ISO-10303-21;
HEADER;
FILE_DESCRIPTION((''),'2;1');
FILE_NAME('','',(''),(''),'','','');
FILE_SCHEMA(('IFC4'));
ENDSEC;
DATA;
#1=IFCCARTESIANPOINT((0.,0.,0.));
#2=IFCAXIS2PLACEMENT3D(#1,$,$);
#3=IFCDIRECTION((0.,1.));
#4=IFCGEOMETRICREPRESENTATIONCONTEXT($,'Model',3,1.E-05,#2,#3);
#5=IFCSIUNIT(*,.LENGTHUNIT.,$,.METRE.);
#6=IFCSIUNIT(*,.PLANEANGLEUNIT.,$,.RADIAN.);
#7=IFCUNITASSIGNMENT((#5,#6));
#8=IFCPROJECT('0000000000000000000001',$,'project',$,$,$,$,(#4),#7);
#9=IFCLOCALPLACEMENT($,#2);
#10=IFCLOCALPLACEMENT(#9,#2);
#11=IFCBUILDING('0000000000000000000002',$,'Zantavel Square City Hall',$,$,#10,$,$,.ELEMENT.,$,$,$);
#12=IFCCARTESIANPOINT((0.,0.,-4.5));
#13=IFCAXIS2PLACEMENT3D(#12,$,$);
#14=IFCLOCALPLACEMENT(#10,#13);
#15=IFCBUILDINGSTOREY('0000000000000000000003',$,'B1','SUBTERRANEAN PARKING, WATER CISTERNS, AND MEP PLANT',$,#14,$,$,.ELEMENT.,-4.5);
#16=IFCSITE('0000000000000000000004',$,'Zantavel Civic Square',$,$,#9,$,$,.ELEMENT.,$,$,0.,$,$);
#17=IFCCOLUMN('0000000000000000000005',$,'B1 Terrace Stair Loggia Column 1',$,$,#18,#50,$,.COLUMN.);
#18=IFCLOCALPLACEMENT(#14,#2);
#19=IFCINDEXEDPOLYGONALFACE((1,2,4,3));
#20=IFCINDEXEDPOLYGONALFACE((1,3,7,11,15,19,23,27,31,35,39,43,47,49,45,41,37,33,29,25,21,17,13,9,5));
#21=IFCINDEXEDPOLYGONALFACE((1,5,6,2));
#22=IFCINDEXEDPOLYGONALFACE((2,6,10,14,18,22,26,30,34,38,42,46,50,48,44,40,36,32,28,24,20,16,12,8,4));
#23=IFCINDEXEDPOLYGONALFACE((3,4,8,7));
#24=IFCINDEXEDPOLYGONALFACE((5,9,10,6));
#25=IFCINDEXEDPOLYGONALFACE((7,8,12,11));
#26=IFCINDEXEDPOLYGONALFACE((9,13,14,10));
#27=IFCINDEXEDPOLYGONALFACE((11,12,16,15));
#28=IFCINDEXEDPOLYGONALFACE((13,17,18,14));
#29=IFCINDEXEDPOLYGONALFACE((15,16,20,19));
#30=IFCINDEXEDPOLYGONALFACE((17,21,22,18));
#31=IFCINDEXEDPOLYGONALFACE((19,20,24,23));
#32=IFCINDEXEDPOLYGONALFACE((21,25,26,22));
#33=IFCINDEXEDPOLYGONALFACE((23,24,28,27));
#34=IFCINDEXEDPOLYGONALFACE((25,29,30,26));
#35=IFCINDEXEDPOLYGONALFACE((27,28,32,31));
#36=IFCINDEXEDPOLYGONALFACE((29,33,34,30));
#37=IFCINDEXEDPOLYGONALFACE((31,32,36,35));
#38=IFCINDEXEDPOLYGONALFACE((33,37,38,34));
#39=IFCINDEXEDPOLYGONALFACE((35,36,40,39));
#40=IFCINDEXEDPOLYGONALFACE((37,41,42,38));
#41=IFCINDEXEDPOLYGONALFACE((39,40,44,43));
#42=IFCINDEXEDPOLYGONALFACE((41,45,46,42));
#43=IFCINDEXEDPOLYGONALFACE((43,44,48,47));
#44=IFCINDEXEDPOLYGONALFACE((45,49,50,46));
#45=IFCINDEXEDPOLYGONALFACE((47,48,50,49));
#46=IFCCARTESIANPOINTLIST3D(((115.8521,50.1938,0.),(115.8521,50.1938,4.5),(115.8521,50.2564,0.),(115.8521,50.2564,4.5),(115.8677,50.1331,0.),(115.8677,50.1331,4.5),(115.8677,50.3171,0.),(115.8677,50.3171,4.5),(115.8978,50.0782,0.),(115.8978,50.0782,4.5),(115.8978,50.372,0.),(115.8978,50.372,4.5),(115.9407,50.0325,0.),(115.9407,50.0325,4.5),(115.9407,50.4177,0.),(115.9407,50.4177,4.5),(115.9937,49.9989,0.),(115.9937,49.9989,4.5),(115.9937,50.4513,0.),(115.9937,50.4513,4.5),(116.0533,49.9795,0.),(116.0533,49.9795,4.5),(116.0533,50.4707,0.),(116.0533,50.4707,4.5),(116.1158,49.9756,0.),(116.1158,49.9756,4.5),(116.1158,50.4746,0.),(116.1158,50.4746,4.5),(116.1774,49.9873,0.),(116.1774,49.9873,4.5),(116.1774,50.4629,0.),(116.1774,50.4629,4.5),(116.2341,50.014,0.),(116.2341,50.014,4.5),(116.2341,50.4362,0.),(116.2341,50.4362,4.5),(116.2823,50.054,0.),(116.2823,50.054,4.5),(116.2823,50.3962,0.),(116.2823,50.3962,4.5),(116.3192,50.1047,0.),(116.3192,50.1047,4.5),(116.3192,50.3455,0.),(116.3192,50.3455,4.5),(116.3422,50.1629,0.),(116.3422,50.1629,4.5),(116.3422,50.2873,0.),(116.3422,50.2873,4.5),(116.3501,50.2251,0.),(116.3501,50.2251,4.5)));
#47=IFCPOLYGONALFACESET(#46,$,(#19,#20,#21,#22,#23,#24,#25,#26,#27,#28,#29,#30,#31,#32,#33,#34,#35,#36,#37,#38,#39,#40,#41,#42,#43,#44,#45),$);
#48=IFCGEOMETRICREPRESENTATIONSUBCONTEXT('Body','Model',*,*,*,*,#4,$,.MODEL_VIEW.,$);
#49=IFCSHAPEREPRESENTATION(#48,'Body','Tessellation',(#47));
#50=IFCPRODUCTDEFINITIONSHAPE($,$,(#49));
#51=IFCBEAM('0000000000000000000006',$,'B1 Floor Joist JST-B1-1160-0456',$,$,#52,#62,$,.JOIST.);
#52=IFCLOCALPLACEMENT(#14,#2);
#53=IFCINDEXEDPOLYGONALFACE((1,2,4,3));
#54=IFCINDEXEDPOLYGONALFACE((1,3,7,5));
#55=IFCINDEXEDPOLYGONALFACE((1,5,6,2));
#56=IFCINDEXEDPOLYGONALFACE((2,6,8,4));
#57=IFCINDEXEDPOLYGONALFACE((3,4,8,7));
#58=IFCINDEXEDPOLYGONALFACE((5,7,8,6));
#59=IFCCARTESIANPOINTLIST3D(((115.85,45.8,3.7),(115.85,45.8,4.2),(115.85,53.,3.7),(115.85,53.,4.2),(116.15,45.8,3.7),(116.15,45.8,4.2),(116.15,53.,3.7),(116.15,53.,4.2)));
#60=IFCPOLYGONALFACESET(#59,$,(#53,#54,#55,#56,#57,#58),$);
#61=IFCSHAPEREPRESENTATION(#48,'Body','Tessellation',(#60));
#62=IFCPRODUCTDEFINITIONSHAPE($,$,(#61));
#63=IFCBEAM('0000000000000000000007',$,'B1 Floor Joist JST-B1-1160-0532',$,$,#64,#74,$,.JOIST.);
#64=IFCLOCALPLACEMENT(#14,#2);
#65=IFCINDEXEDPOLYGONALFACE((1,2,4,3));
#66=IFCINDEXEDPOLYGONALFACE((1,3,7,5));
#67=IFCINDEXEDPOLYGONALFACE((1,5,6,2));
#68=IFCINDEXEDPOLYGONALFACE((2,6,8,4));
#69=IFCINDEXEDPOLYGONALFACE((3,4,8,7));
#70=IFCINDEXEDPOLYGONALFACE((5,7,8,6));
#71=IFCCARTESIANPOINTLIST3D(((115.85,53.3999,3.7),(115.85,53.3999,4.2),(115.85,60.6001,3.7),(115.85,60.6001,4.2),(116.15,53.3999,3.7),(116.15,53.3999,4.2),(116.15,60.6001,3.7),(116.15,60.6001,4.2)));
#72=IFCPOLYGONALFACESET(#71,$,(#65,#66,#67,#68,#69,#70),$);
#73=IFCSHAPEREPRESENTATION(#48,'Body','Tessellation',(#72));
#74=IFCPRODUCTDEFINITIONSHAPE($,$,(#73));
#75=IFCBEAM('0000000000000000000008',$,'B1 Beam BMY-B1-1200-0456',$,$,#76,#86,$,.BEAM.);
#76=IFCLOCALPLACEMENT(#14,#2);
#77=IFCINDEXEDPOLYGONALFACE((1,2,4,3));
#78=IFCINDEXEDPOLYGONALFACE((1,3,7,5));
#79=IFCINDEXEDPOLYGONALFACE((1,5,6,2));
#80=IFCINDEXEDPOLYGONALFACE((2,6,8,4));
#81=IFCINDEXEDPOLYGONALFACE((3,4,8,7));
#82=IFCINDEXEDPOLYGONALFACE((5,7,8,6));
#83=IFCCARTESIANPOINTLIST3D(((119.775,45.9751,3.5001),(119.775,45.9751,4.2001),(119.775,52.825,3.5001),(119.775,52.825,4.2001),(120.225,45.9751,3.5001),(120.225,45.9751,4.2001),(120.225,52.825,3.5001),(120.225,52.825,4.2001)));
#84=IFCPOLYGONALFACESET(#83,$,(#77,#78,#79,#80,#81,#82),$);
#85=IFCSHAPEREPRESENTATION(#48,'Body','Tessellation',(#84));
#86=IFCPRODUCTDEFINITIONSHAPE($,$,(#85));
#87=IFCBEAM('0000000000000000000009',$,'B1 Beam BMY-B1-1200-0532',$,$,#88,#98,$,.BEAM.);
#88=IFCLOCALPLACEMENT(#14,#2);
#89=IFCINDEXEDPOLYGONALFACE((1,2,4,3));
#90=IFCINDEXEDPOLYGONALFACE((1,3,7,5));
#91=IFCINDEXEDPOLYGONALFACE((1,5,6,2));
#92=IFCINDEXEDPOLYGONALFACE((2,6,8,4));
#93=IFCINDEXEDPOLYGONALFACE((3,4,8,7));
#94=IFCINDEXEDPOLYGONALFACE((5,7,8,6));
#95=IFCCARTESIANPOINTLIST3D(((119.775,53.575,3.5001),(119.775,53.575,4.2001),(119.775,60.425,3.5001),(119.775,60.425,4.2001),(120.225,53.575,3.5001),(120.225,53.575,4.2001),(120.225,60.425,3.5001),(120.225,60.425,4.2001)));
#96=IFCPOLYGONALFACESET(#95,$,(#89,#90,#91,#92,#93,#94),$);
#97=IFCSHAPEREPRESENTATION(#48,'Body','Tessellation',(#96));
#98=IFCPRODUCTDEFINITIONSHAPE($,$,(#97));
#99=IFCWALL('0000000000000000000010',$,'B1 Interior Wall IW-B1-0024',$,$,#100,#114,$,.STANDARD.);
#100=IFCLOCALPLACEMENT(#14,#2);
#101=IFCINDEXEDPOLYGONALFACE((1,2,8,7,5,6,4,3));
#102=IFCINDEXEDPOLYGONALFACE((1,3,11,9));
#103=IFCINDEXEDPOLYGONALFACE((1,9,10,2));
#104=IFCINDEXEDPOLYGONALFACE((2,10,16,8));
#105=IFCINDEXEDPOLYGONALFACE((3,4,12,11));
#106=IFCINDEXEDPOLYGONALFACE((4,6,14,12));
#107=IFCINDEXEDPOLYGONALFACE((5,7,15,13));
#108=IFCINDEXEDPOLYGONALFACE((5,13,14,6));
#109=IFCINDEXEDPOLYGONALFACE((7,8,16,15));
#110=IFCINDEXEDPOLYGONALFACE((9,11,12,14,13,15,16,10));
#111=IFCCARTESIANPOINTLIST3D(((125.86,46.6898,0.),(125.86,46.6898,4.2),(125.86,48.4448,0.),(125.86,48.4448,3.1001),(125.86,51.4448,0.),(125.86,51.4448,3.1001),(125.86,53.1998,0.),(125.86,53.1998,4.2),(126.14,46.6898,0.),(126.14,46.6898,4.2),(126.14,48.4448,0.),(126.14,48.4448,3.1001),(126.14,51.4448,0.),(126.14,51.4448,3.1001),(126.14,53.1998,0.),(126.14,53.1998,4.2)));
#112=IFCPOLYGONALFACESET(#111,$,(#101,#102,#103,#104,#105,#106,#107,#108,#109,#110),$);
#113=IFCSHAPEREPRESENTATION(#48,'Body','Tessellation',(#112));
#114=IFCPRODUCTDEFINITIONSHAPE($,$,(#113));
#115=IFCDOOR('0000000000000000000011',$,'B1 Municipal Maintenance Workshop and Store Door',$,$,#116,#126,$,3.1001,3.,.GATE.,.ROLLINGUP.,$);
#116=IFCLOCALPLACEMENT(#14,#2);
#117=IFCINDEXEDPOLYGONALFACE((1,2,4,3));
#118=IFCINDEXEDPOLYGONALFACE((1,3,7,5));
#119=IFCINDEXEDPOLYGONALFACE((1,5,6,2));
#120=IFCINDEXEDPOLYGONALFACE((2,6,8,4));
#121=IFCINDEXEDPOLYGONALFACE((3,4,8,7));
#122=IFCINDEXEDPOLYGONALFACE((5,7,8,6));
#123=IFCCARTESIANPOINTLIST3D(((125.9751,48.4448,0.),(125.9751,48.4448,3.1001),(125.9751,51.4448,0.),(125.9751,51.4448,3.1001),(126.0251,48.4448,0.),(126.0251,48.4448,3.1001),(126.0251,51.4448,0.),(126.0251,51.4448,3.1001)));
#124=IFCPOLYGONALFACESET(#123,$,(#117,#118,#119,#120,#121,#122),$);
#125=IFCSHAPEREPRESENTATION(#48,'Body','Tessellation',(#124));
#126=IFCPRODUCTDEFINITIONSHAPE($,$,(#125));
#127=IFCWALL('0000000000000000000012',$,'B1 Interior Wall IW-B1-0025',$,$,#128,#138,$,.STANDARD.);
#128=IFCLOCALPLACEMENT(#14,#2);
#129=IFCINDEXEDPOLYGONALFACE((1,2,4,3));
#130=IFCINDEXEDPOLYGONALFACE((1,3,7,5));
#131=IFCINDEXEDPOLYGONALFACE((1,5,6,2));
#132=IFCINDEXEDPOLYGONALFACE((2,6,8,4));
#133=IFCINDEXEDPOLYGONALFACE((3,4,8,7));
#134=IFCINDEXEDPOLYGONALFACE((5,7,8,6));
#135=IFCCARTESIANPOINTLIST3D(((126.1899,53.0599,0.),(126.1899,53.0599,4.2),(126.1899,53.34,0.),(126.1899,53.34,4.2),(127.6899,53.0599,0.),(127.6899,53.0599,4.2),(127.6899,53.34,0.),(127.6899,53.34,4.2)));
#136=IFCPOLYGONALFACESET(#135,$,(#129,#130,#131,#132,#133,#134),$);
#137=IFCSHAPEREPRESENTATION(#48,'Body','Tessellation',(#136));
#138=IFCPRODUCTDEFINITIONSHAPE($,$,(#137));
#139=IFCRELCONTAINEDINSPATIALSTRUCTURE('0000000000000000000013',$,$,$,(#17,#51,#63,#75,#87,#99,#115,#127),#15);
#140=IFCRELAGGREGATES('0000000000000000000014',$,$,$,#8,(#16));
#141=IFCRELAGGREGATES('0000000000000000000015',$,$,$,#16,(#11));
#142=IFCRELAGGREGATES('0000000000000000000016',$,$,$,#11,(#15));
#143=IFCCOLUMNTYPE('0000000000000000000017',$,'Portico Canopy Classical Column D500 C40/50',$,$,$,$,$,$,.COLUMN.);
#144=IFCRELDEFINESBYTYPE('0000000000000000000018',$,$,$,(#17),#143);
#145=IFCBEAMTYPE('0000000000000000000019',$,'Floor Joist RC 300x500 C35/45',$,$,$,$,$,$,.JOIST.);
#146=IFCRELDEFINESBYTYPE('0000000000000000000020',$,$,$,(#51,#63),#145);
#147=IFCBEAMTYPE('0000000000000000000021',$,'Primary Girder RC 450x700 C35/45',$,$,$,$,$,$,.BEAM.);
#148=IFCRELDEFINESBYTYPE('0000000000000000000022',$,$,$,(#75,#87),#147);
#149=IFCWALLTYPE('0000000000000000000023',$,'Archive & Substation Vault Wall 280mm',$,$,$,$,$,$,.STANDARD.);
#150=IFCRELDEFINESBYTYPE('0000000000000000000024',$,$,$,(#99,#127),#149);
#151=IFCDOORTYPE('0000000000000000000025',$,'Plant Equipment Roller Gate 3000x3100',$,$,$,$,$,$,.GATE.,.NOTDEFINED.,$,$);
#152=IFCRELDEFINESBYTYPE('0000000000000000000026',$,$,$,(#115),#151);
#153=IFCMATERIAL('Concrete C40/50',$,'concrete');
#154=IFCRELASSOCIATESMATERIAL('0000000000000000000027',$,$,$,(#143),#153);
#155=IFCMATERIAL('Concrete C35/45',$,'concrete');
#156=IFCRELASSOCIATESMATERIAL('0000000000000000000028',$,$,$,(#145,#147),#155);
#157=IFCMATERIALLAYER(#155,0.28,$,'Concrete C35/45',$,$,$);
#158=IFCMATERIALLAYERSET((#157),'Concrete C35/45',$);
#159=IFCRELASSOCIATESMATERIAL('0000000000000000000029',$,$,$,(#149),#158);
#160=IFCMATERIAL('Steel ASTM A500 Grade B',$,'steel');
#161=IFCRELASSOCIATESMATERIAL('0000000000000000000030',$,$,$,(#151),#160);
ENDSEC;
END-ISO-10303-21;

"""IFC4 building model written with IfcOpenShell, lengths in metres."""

from ifc_helpers import new_model, si_unit, direction, frame, frame_2d, origin, origin_2d, place, context, subcontext, project, spatial, rectangle, circle, extrude, material, layer, layer_set, material_profile, profile_set, type_object, element, fill, save


model = new_model("IFC4")

# Units and contexts
model_context = context("Model", 3, precision=1e-05, world=origin(), true_north=direction((0.0, 1.0)))
body_context = subcontext(model_context, "Body", "Model", "MODEL_VIEW")
ifc_project = project(units=[si_unit("LENGTHUNIT", "METRE"), si_unit("PLANEANGLEUNIT", "RADIAN")], contexts=[model_context])

# Site, building, storey
site_placement = place(None, origin())
site = spatial("IfcSite", under=ifc_project, at=site_placement, Name="Zantavel Civic Square", CompositionType="ELEMENT", RefElevation=0.0)
building_placement = place(site_placement, origin())
building = spatial("IfcBuilding", under=site, at=building_placement, Name="Zantavel Square City Hall", CompositionType="ELEMENT")
storey_placement = place(building_placement, frame((0.0, 0.0, -4.5)))
storey = spatial("IfcBuildingStorey", under=building, at=storey_placement, Name="B1", Description="SUBTERRANEAN PARKING, WATER CISTERNS, AND MEP PLANT", CompositionType="ELEMENT", Elevation=-4.5)

# Shared definitions
ifc_material_1 = material(Name="Concrete C35/45", Category="concrete")

# Shared definitions
ifc_material_2 = material(Name="Concrete C40/50", Category="concrete")

# Column
ifc_material_profile_1 = material_profile(ifc_material_2, circle(Radius=0.25, at=origin_2d()), Name="ROUND D500")
ifc_profile_set_1 = profile_set([ifc_material_profile_1], Name="Concrete C40/50")
column_type_1 = type_object("IfcColumnType", Name="Portico Canopy Classical Column D500 C40/50", PredefinedType="COLUMN", material=ifc_profile_set_1)
column_placement = place(storey_placement, frame((116.1001, 50.2251, 0.0), z_axis=(0.0, 0.0, 1.0), x_axis=(1.0, 0.0, 0.0)))
element("IfcColumn", 1, at=column_placement, inside=storey, type_object=column_type_1, Name="B1 Terrace Stair Loggia Column 1", PredefinedType="COLUMN", context=body_context, shape_type="SweptSolid", body=[
    extrude(circle(Radius=0.25, at=origin_2d()), origin(), (0.0, 0.0, 1.0), 4.5),
])

# Beams
ifc_material_profile_2 = material_profile(ifc_material_1, rectangle(XDim=0.3, YDim=0.5, at=origin_2d()), Name="RC 300x500")
ifc_profile_set_2 = profile_set([ifc_material_profile_2], Name="Concrete C35/45")
beam_type_1 = type_object("IfcBeamType", Name="Floor Joist RC 300x500 C35/45", PredefinedType="JOIST", material=ifc_profile_set_2)
beam_1_placement = place(storey_placement, frame((116.0, 45.8, 3.95), z_axis=(0.0, 1.0, 0.0), x_axis=(-1.0, 0.0, 0.0)))
element("IfcBeam", 2, at=beam_1_placement, inside=storey, type_object=beam_type_1, Name="B1 Floor Joist JST-B1-1160-0456", PredefinedType="JOIST", context=body_context, shape_type="SweptSolid", body=[
    extrude(rectangle(XDim=0.3, YDim=0.5, at=origin_2d()), origin(), (0.0, 0.0, 1.0), 7.2),
])
beam_2_placement = place(storey_placement, frame((116.0, 53.3999, 3.95), z_axis=(0.0, 1.0, 0.0), x_axis=(-1.0, 0.0, 0.0)))
element("IfcBeam", 3, at=beam_2_placement, inside=storey, type_object=beam_type_1, Name="B1 Floor Joist JST-B1-1160-0532", PredefinedType="JOIST", context=body_context, shape_type="SweptSolid", body=[
    extrude(rectangle(XDim=0.3, YDim=0.5, at=origin_2d()), origin(), (0.0, 0.0, 1.0), 7.2002),
])
ifc_material_profile_3 = material_profile(ifc_material_1, rectangle(XDim=0.45, YDim=0.7, at=origin_2d()), Name="RC 450x700")
ifc_profile_set_3 = profile_set([ifc_material_profile_3], Name="Concrete C35/45")
beam_type_2 = type_object("IfcBeamType", Name="Primary Girder RC 450x700 C35/45", PredefinedType="BEAM", material=ifc_profile_set_3)
beam_3_placement = place(storey_placement, frame((120.0, 45.9751, 3.8501), z_axis=(0.0, 1.0, 0.0), x_axis=(-1.0, 0.0, 0.0)))
element("IfcBeam", 4, at=beam_3_placement, inside=storey, type_object=beam_type_2, Name="B1 Beam BMY-B1-1200-0456", PredefinedType="BEAM", context=body_context, shape_type="SweptSolid", body=[
    extrude(rectangle(XDim=0.45, YDim=0.7, at=origin_2d()), origin(), (0.0, 0.0, 1.0), 6.8499),
])
beam_4_placement = place(storey_placement, frame((120.0, 53.575, 3.8501), z_axis=(0.0, 1.0, 0.0), x_axis=(-1.0, 0.0, 0.0)))
element("IfcBeam", 5, at=beam_4_placement, inside=storey, type_object=beam_type_2, Name="B1 Beam BMY-B1-1200-0532", PredefinedType="BEAM", context=body_context, shape_type="SweptSolid", body=[
    extrude(rectangle(XDim=0.45, YDim=0.7, at=origin_2d()), origin(), (0.0, 0.0, 1.0), 6.8501),
])

# Wall, opening, door
ifc_layer_1 = layer(ifc_material_1, 0.28, Name="Concrete C35/45")
ifc_layer_set_1 = layer_set([ifc_layer_1], Name="Concrete C35/45")
wall_type = type_object("IfcWallType", Name="Archive & Substation Vault Wall 280mm", PredefinedType="STANDARD", material=ifc_layer_set_1)
wall_1_placement = place(storey_placement, frame((126.0, 46.6899, 0.0), z_axis=(0.0, 0.0, 1.0), x_axis=(0.0, 1.0, 0.0)))
wall_1 = element("IfcWall", 6, at=wall_1_placement, inside=storey, type_object=wall_type, Name="B1 Interior Wall IW-B1-0024", PredefinedType="STANDARD", context=body_context, shape_type="SweptSolid", body=[
    extrude(rectangle(XDim=6.51, YDim=0.28, at=frame_2d((3.2549, 0.0))), origin(), (0.0, 0.0, 1.0), 4.2),
])
opening_placement = place(wall_1_placement, frame((1.7549, 0.0, 0.0)))
opening = element("IfcOpeningElement", 7, at=opening_placement, cuts=wall_1, PredefinedType="OPENING", context=body_context, shape_type="SweptSolid", body=[
    extrude(rectangle(XDim=3.0, YDim=3.1001, at=frame_2d((1.5, 1.55))), frame((0.0, 0.1499, 0.0), z_axis=(0.0, -1.0, 0.0), x_axis=(1.0, 0.0, 0.0)), (0.0, 0.0, 1.0), 0.3),
])
ifc_material_3 = material(Name="Steel ASTM A500 Grade B", Category="steel")
door_type = type_object("IfcDoorType", Name="Plant Equipment Roller Gate 3000x3100", OperationType="NOTDEFINED", PredefinedType="GATE", material=ifc_material_3)
door_placement = place(opening_placement, origin())
door = element("IfcDoor", 8, at=door_placement, inside=storey, type_object=door_type, Name="B1 Municipal Maintenance Workshop and Store Door", OperationType="ROLLINGUP", OverallHeight=3.1001, OverallWidth=3.0, PredefinedType="GATE", context=body_context, shape_type="SweptSolid", body=[
    extrude(rectangle(XDim=3.0, YDim=3.1001, at=frame_2d((1.5, 1.55))), frame((0.0, 0.0249, 0.0), z_axis=(0.0, -1.0, 0.0), x_axis=(1.0, 0.0, 0.0)), (0.0, 0.0, 1.0), 0.05),
])
fill(opening, door)

# Wall
wall_2_placement = place(storey_placement, frame((126.1899, 53.2, 0.0), z_axis=(0.0, 0.0, 1.0), x_axis=(1.0, 0.0, 0.0)))
element("IfcWall", 9, at=wall_2_placement, inside=storey, type_object=wall_type, Name="B1 Interior Wall IW-B1-0025", PredefinedType="STANDARD", context=body_context, shape_type="SweptSolid", body=[
    extrude(rectangle(XDim=1.5, YDim=0.28, at=frame_2d((0.75, 0.0))), origin(), (0.0, 0.0, 1.0), 4.2),
])

save(model, "model.ifc")
